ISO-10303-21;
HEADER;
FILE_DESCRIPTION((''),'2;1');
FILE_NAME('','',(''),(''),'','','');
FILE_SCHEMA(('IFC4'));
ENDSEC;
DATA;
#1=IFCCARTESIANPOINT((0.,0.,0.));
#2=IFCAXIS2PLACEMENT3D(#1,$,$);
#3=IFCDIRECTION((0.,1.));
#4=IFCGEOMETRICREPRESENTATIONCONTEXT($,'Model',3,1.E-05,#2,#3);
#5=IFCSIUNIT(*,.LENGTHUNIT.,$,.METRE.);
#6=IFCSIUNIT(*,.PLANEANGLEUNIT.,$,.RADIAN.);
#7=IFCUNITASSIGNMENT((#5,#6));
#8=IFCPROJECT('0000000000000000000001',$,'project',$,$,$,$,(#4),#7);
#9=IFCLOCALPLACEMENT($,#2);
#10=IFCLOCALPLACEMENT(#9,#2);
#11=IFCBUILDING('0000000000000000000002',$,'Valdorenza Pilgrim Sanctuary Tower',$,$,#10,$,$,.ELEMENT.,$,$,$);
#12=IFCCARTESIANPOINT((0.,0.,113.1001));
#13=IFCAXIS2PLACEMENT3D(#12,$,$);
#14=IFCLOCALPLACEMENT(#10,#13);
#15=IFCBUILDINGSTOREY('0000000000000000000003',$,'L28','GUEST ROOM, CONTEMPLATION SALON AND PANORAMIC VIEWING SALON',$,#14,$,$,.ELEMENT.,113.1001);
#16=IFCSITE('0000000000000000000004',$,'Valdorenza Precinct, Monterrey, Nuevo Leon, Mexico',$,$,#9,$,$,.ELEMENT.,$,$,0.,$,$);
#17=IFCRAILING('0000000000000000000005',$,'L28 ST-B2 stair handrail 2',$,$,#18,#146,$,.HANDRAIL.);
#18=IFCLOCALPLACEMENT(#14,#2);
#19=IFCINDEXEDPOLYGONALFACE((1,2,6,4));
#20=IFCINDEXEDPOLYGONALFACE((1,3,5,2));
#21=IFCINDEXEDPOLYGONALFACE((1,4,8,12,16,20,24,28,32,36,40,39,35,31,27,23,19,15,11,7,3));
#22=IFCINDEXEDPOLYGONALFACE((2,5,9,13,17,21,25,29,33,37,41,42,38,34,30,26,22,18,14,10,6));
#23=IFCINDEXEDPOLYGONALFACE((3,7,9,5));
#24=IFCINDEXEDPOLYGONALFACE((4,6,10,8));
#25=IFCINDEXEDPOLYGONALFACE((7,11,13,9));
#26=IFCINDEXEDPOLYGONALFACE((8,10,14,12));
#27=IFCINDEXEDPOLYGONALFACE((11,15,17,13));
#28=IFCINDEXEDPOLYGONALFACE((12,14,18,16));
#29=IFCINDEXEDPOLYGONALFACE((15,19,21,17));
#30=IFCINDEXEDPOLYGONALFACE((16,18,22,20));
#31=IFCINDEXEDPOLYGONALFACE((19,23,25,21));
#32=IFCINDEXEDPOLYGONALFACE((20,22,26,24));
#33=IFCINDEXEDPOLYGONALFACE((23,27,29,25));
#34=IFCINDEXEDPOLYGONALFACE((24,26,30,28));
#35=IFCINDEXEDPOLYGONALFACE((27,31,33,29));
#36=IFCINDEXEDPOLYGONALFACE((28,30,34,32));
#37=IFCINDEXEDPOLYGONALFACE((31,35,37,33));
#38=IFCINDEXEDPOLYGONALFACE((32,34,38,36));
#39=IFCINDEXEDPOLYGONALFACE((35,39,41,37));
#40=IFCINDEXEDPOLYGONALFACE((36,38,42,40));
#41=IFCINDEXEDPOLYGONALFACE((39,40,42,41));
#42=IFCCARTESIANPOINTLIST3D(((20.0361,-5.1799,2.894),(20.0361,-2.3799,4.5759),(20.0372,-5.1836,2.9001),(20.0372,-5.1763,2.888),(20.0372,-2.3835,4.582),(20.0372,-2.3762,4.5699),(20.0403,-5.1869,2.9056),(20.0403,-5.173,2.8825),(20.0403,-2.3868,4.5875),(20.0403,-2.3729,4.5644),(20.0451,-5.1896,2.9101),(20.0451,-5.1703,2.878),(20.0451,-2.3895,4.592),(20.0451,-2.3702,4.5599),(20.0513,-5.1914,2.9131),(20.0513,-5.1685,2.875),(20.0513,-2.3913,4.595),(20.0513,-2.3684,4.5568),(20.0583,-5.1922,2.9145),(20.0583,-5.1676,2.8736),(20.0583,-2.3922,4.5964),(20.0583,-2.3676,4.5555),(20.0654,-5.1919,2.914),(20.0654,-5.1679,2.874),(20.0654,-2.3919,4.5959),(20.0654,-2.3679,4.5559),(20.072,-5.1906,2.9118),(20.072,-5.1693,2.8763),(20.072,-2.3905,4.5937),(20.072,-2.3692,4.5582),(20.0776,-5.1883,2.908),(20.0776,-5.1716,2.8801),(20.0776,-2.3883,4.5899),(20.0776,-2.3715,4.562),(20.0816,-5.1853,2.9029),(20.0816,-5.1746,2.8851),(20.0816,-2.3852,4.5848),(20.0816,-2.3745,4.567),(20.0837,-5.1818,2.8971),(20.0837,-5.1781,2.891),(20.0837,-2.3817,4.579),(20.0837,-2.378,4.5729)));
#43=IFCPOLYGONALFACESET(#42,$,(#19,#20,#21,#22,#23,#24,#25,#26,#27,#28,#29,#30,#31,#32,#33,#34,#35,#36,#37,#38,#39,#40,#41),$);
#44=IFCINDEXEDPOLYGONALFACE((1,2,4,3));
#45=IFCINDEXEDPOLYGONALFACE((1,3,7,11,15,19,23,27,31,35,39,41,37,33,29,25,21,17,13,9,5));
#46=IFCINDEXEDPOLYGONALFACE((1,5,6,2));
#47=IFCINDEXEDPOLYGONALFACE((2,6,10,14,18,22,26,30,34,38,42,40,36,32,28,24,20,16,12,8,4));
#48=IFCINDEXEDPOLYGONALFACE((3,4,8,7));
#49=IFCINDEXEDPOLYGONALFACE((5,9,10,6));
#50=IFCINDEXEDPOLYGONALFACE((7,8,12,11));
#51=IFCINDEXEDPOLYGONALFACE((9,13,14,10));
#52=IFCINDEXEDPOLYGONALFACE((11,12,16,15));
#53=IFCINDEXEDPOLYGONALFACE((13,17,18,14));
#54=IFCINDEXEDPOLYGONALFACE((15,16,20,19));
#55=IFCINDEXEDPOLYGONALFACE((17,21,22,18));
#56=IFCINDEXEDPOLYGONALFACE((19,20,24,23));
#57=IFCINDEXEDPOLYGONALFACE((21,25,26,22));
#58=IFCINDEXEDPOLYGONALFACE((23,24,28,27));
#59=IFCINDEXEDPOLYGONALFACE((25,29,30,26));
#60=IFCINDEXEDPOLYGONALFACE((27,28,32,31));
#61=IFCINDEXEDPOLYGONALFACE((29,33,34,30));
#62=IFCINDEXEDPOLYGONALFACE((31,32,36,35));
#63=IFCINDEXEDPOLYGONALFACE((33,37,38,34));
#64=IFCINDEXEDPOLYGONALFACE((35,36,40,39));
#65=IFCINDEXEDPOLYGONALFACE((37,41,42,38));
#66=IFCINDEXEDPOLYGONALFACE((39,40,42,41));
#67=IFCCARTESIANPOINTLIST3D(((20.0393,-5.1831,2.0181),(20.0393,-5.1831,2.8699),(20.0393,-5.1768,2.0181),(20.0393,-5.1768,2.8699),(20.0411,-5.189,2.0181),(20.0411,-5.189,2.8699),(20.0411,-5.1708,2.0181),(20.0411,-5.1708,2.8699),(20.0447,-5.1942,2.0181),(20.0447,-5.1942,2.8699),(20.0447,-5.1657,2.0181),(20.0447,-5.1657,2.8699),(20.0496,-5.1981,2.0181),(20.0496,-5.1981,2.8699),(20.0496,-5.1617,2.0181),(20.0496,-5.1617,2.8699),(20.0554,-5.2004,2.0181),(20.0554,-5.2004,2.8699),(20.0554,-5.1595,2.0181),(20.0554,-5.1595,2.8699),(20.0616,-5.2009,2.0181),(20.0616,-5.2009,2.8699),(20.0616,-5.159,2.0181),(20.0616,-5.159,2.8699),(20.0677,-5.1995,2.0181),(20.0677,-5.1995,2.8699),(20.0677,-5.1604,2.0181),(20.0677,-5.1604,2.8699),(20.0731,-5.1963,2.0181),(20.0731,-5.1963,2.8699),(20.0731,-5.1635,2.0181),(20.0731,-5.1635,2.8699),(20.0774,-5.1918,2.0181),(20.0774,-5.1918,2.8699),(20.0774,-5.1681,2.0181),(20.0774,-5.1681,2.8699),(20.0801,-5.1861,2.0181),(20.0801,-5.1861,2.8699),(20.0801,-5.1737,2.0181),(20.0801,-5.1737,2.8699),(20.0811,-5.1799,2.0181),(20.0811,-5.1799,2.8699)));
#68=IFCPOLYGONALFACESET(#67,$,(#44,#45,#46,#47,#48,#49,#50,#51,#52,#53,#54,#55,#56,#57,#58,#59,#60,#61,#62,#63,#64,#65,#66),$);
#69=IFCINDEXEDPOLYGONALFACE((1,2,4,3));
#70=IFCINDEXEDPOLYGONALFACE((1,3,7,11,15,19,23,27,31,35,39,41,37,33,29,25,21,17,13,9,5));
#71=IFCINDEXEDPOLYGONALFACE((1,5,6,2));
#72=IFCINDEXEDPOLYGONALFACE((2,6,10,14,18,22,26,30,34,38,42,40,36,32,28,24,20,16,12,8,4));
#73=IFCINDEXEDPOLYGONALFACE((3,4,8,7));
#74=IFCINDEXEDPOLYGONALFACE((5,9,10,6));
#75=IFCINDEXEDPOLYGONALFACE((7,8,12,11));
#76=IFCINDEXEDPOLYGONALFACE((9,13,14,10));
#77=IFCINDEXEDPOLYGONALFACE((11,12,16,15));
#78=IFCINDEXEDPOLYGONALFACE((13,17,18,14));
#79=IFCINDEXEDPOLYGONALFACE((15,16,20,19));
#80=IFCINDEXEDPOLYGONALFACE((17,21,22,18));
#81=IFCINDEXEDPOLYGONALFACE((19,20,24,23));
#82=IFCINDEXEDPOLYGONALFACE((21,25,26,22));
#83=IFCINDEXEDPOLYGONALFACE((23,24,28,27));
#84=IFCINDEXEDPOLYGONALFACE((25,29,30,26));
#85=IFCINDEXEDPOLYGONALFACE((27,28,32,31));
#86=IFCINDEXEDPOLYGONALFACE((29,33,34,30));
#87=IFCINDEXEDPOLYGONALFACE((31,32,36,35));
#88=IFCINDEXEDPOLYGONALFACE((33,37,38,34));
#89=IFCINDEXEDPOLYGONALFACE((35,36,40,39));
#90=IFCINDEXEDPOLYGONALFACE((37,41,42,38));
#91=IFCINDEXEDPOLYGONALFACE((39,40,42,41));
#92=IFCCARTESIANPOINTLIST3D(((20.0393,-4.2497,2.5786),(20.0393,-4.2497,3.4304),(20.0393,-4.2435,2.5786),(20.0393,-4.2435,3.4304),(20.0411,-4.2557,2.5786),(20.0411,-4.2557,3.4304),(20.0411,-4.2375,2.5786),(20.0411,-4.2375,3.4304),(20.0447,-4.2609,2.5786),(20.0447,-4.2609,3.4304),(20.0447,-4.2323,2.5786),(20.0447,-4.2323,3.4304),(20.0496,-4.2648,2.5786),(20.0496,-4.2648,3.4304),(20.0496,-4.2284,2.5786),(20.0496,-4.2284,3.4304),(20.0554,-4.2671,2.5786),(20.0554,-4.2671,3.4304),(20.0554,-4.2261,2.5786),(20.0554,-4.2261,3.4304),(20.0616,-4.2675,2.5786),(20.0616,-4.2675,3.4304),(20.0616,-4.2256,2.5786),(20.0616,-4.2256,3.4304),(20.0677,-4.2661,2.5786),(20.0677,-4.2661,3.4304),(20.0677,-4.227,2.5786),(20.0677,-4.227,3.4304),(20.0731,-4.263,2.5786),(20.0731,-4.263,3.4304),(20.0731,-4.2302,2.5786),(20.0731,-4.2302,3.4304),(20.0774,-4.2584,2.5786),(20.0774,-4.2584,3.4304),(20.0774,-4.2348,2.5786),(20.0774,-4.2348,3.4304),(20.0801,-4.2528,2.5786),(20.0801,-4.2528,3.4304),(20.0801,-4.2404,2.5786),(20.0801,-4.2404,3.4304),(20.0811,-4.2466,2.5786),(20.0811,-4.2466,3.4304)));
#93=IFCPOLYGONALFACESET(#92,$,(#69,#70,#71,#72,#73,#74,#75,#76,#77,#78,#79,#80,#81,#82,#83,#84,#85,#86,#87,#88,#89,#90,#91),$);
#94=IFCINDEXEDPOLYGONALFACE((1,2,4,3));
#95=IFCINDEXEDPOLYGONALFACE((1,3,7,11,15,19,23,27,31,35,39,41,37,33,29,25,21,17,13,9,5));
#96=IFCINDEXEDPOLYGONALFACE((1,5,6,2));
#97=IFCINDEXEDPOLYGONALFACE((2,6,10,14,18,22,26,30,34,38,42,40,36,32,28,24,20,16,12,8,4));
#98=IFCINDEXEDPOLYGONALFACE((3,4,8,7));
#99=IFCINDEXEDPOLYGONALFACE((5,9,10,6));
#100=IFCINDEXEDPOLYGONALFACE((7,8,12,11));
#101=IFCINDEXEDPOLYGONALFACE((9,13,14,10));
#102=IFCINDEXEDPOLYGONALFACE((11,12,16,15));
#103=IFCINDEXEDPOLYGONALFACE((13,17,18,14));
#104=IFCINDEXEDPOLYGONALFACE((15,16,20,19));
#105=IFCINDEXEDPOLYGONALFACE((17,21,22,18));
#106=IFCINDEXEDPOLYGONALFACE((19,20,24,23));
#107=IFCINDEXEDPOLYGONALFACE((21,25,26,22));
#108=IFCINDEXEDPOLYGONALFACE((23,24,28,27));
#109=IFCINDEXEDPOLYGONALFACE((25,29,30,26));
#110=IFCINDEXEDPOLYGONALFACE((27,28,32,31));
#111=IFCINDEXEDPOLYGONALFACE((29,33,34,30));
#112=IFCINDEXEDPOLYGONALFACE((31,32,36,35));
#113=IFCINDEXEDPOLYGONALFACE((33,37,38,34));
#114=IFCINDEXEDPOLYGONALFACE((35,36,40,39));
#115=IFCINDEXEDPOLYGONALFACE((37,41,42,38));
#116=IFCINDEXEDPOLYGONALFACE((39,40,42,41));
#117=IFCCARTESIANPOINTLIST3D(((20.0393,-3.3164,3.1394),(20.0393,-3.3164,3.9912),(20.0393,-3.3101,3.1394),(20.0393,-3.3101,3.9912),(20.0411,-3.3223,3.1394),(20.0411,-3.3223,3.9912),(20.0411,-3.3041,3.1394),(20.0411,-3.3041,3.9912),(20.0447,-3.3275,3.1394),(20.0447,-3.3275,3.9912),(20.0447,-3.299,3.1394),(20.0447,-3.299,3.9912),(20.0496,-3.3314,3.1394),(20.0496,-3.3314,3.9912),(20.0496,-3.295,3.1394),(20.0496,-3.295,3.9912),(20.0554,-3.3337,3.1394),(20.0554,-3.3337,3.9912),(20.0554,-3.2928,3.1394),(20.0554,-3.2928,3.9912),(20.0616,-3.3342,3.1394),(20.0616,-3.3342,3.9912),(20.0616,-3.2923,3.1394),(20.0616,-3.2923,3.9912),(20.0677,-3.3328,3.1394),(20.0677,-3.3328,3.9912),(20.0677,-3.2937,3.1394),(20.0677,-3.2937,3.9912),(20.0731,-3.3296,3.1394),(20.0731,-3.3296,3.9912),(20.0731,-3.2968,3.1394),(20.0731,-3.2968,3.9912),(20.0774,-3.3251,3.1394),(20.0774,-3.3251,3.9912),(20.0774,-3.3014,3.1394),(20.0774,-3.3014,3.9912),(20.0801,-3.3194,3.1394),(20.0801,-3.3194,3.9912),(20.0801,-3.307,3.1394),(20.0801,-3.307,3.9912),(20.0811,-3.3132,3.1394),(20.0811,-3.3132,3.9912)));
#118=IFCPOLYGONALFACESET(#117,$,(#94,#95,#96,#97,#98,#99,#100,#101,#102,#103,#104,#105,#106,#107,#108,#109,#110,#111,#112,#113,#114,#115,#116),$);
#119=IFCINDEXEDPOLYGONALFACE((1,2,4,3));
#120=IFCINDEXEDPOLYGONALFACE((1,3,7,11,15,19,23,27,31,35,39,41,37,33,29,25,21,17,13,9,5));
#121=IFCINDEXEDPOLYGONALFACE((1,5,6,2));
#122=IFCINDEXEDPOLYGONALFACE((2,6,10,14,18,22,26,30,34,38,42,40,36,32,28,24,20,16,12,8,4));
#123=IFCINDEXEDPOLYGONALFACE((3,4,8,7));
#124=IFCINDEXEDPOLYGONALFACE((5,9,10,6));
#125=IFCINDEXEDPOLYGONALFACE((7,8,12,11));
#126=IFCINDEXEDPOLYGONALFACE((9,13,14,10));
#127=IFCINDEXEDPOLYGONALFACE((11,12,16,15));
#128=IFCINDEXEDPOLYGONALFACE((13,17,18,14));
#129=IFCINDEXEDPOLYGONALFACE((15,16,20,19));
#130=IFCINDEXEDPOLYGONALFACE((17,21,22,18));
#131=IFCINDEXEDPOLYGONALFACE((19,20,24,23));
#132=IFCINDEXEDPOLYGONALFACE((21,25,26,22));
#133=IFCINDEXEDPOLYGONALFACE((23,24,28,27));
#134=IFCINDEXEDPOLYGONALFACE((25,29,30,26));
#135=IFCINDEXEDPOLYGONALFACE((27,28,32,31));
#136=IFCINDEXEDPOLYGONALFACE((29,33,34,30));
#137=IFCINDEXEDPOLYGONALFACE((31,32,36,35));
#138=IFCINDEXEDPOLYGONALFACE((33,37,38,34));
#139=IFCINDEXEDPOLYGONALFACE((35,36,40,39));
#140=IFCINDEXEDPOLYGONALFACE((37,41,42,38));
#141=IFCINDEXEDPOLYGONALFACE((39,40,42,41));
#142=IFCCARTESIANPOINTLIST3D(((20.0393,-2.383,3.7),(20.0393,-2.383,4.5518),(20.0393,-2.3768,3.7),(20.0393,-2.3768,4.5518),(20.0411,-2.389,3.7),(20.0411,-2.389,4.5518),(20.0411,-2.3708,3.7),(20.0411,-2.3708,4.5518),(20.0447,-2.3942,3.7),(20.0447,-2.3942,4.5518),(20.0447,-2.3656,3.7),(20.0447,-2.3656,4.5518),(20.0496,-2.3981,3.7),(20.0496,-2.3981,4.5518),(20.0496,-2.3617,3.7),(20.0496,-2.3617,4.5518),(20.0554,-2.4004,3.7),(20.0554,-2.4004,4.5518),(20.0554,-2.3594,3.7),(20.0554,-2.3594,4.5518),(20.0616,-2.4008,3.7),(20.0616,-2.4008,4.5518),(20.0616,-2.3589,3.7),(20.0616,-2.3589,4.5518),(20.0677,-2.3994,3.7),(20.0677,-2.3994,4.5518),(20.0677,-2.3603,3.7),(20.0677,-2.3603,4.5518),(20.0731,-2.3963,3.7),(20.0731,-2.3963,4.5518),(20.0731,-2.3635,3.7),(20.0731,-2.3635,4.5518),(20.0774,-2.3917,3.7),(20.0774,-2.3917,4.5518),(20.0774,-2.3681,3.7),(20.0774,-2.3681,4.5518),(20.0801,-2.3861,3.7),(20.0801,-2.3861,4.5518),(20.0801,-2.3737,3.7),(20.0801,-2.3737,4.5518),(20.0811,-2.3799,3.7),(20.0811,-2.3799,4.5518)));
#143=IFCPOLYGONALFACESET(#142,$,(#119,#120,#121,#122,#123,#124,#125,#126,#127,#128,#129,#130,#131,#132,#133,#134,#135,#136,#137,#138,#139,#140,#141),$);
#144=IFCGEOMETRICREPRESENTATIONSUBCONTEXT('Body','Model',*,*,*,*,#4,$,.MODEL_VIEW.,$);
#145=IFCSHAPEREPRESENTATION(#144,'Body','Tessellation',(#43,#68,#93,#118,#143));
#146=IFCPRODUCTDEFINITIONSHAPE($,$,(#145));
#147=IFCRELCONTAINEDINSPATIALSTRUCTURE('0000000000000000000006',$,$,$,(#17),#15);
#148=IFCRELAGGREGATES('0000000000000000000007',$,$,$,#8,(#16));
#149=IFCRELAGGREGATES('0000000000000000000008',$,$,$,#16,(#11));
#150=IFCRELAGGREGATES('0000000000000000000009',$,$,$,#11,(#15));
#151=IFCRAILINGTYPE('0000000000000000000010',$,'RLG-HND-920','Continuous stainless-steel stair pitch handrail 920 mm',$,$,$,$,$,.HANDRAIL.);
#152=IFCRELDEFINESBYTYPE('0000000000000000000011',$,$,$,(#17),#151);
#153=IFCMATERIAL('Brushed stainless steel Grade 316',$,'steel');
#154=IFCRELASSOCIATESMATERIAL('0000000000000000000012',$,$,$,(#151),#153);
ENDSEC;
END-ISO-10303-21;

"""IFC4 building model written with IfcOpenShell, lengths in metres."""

from ifc_helpers import new_model, si_unit, direction, frame, origin, origin_2d, place, context, subcontext, project, spatial, circle, extrude, material, type_object, element, save


model = new_model("IFC4")

# Units and contexts
model_context = context("Model", 3, precision=1e-05, world=origin(), true_north=direction((0.0, 1.0)))
body_context = subcontext(model_context, "Body", "Model", "MODEL_VIEW")
ifc_project = project(units=[si_unit("LENGTHUNIT", "METRE"), si_unit("PLANEANGLEUNIT", "RADIAN")], contexts=[model_context])

# Site, building, storey
site_placement = place(None, origin())
site = spatial("IfcSite", under=ifc_project, at=site_placement, Name="Valdorenza Precinct, Monterrey, Nuevo Leon, Mexico", CompositionType="ELEMENT", RefElevation=0.0)
building_placement = place(site_placement, origin())
building = spatial("IfcBuilding", under=site, at=building_placement, Name="Valdorenza Pilgrim Sanctuary Tower", CompositionType="ELEMENT")
storey_placement = place(building_placement, frame((0.0, 0.0, 113.1001)))
storey = spatial("IfcBuildingStorey", under=building, at=storey_placement, Name="L28", Description="GUEST ROOM, CONTEMPLATION SALON AND PANORAMIC VIEWING SALON", CompositionType="ELEMENT", Elevation=113.1001)

# Railing
ifc_material_1 = material(Name="Brushed stainless steel Grade 316", Category="steel")
railing_type_1 = type_object("IfcRailingType", Name="RLG-HND-920", Description="Continuous stainless-steel stair pitch handrail 920 mm", PredefinedType="HANDRAIL", material=ifc_material_1)
railing_1_placement = place(storey_placement, frame((20.0601, -5.1799, 2.0181)))
element("IfcRailing", 1, at=railing_1_placement, inside=storey, type_object=railing_type_1, Name="L28 ST-B2 stair handrail 2", PredefinedType="HANDRAIL", context=body_context, shape_type="SweptSolid", body=[
    extrude(circle(Radius=0.0239, at=origin_2d()), frame((0.0, 0.0, 0.876), z_axis=(0.0, 0.857242, 0.514913), x_axis=(-1.0, 0.0, 0.0)), (0.0, 0.0, 1.0), 3.2664),
    extrude(circle(Radius=0.021, at=origin_2d()), origin(), (0.0, 0.0, 1.0), 0.8518),
    extrude(circle(Radius=0.021, at=origin_2d()), frame((0.0, 0.9333, 0.5605)), (0.0, 0.0, 1.0), 0.8518),
    extrude(circle(Radius=0.021, at=origin_2d()), frame((0.0, 1.8667, 1.1213)), (0.0, 0.0, 1.0), 0.8518),
    extrude(circle(Radius=0.021, at=origin_2d()), frame((0.0, 2.8, 1.6819)), (0.0, 0.0, 1.0), 0.8518),
])

save(model, "model.ifc")
